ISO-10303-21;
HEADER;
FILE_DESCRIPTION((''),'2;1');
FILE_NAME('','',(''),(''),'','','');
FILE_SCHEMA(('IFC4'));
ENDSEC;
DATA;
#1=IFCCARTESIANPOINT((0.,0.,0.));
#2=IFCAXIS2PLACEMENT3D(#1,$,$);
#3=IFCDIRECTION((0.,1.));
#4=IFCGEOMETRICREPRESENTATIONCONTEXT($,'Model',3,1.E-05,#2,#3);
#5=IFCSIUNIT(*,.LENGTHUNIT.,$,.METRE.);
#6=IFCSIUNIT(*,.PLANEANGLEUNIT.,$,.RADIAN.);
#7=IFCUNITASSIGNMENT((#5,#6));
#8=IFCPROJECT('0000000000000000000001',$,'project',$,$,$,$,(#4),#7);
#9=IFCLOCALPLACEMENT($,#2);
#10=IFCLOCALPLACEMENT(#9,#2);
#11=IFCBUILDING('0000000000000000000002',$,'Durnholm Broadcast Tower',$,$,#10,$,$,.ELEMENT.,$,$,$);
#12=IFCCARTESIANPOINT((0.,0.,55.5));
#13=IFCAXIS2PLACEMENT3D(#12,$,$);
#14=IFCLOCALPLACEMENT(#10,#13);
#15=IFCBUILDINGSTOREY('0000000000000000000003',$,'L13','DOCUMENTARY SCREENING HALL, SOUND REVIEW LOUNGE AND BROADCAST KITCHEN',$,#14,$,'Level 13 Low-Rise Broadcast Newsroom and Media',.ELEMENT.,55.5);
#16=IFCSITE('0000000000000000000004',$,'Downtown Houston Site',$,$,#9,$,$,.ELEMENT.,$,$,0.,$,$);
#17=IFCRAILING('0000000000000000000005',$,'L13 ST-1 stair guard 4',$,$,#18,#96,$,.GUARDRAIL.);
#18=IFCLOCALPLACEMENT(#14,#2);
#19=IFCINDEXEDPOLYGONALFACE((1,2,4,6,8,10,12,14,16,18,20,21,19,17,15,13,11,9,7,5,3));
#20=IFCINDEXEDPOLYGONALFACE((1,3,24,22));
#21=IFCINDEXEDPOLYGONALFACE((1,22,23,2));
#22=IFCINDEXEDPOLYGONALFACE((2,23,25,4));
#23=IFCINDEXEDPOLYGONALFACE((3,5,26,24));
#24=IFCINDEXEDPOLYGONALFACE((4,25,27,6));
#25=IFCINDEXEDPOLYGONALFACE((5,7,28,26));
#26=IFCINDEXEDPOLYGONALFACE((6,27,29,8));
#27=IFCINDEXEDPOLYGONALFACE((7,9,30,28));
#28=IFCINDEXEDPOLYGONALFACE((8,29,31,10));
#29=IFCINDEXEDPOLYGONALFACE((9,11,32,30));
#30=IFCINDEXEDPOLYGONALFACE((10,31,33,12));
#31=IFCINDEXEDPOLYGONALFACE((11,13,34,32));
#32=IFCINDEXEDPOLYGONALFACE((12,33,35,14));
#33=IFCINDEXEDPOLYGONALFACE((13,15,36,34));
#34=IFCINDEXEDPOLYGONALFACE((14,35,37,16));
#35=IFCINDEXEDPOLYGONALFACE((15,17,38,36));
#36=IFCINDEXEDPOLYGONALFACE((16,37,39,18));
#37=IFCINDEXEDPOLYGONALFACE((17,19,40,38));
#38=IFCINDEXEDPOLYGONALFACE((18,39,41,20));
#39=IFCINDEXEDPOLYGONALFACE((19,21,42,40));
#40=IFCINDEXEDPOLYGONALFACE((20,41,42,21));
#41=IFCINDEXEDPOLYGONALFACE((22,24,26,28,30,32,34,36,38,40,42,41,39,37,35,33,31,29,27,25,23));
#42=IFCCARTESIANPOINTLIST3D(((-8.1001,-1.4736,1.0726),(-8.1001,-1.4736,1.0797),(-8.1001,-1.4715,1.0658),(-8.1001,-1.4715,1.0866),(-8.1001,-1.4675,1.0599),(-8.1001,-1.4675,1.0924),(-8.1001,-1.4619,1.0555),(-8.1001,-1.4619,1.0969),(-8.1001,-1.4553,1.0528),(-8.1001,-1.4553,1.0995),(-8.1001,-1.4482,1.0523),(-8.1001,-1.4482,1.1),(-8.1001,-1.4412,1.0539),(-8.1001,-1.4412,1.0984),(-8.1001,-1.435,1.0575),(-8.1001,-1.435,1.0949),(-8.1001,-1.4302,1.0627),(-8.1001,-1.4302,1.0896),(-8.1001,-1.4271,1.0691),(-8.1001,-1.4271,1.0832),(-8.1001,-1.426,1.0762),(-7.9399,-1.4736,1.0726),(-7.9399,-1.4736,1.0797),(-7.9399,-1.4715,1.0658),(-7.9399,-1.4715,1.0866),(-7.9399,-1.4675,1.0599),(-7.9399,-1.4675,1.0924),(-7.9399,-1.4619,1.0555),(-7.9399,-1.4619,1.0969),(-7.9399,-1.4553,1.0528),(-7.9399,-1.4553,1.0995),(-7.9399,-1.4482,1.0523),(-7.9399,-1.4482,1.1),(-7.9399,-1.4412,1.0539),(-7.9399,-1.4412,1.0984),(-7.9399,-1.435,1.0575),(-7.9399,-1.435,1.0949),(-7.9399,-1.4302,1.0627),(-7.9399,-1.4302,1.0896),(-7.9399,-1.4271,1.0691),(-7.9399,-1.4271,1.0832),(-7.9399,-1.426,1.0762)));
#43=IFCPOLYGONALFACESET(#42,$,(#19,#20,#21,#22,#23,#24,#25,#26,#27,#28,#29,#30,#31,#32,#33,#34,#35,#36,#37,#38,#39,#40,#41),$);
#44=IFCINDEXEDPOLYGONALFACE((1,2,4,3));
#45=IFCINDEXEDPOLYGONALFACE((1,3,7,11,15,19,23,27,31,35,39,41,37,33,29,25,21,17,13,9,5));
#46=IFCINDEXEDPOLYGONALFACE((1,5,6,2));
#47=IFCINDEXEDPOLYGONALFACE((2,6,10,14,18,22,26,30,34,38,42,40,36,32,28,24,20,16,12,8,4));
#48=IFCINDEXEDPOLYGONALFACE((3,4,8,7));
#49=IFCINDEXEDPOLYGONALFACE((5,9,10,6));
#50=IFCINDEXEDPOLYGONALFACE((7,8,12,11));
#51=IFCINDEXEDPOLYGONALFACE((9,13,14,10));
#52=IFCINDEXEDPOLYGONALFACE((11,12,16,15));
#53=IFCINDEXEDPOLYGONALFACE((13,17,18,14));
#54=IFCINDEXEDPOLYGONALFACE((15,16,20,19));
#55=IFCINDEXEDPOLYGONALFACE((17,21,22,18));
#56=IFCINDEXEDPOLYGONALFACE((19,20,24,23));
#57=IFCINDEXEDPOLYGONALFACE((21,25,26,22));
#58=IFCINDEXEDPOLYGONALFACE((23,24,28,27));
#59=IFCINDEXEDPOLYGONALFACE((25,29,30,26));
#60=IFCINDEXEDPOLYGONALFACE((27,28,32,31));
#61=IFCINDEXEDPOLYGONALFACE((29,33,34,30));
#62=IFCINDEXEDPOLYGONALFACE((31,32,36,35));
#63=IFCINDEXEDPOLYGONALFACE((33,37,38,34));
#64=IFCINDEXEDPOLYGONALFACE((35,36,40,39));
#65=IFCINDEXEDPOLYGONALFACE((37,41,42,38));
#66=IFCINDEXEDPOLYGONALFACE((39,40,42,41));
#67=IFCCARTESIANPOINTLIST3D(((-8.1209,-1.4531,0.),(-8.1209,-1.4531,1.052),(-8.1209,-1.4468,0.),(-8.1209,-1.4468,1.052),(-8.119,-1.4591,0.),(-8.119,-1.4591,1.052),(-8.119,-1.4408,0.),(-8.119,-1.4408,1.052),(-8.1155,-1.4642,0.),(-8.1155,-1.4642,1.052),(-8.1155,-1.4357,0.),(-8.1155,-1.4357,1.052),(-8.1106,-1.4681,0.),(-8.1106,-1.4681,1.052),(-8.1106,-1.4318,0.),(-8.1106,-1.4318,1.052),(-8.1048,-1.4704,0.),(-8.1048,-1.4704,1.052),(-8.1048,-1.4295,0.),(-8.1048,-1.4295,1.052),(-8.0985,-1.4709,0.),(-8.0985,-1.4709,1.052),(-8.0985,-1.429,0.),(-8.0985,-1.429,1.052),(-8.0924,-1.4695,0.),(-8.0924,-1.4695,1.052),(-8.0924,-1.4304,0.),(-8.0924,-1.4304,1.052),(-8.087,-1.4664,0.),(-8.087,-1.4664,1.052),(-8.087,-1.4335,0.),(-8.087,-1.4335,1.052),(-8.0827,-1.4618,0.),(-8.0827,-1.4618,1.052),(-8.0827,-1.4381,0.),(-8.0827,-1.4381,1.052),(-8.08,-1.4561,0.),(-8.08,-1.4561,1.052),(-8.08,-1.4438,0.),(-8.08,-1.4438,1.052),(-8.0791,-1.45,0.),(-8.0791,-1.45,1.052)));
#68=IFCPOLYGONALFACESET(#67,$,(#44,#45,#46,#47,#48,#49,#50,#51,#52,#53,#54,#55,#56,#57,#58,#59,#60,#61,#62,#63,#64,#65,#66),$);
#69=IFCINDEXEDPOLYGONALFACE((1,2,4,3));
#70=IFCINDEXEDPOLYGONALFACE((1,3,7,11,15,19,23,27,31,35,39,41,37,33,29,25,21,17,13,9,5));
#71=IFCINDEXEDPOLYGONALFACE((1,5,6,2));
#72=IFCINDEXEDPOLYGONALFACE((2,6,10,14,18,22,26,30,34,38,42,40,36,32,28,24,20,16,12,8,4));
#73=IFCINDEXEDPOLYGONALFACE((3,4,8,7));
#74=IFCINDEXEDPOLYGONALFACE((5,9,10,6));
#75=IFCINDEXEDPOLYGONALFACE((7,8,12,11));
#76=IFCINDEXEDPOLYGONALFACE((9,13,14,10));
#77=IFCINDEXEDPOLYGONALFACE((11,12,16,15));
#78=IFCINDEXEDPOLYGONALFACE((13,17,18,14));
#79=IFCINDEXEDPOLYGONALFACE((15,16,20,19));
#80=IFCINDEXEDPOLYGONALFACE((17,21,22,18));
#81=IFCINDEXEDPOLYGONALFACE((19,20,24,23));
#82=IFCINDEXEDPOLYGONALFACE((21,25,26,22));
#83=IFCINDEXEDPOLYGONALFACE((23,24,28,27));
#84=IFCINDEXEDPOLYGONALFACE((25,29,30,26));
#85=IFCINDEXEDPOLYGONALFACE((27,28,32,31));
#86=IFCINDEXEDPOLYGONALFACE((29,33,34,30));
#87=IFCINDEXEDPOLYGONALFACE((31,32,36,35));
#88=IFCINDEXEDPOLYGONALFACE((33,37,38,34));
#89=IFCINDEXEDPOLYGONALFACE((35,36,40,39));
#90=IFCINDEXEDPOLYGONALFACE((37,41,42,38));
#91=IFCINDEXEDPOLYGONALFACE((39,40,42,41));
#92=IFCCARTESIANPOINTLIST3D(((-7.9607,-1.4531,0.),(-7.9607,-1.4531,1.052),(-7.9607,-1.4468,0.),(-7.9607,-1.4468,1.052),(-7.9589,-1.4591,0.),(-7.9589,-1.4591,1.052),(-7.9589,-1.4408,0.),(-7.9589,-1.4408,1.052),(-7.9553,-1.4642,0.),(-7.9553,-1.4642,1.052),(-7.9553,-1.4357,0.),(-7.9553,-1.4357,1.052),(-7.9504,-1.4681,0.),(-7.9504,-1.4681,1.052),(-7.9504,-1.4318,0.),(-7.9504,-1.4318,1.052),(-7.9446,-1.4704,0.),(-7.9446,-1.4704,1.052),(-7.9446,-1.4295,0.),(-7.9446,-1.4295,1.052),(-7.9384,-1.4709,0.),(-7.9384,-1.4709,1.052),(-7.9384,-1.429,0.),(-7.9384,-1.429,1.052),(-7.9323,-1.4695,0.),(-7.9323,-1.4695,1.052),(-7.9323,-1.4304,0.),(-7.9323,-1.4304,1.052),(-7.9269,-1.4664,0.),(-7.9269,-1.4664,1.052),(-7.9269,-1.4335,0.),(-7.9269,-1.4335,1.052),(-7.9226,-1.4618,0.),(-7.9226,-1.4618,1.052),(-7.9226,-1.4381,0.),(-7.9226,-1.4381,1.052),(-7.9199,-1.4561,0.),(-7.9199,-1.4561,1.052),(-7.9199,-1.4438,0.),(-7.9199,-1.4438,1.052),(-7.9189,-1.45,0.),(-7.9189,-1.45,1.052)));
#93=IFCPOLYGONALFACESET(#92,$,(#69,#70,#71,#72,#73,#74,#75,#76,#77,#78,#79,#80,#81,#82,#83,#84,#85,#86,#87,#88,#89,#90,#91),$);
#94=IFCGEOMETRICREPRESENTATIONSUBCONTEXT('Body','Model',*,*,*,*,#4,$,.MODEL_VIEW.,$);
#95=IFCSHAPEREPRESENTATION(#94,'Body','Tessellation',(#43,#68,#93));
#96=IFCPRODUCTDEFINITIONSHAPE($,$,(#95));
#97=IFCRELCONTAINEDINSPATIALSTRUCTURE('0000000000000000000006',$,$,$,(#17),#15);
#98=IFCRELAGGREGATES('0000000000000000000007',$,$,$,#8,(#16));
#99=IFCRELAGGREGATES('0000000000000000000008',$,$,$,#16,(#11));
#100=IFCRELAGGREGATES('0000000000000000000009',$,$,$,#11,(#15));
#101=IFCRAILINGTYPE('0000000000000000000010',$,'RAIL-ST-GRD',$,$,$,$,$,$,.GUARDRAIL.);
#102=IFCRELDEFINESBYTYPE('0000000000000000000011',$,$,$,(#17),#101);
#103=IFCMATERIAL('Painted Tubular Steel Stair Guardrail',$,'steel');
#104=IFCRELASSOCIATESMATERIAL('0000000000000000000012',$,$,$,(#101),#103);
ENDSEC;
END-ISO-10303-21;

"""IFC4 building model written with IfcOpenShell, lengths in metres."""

from ifc_helpers import new_model, si_unit, direction, frame, origin, origin_2d, place, context, subcontext, project, spatial, circle, extrude, material, type_object, element, save


model = new_model("IFC4")

# Units and contexts
model_context = context("Model", 3, precision=1e-05, world=origin(), true_north=direction((0.0, 1.0)))
body_context = subcontext(model_context, "Body", "Model", "MODEL_VIEW")
ifc_project = project(units=[si_unit("LENGTHUNIT", "METRE"), si_unit("PLANEANGLEUNIT", "RADIAN")], contexts=[model_context])

# Site, building, storey
site_placement = place(None, origin())
site = spatial("IfcSite", under=ifc_project, at=site_placement, Name="Downtown Houston Site", CompositionType="ELEMENT", RefElevation=0.0)
building_placement = place(site_placement, origin())
building = spatial("IfcBuilding", under=site, at=building_placement, Name="Durnholm Broadcast Tower", CompositionType="ELEMENT")
storey_placement = place(building_placement, frame((0.0, 0.0, 55.5)))
storey = spatial("IfcBuildingStorey", under=building, at=storey_placement, Name="L13", Description="DOCUMENTARY SCREENING HALL, SOUND REVIEW LOUNGE AND BROADCAST KITCHEN", LongName="Level 13 Low-Rise Broadcast Newsroom and Media", CompositionType="ELEMENT", Elevation=55.5)

# Railing
ifc_material_1 = material(Name="Painted Tubular Steel Stair Guardrail", Category="steel")
railing_type_1 = type_object("IfcRailingType", Name="RAIL-ST-GRD", PredefinedType="GUARDRAIL", material=ifc_material_1)
railing_1_placement = place(storey_placement, frame((-8.1001, -1.45, 0.0)))
element("IfcRailing", 1, at=railing_1_placement, inside=storey, type_object=railing_type_1, Name="L13 ST-1 stair guard 4", PredefinedType="GUARDRAIL", context=body_context, shape_type="SweptSolid", body=[
    extrude(circle(Radius=0.0239, at=origin_2d()), frame((0.0, 0.0, 1.0762), z_axis=(1.0, 0.0, 0.0), x_axis=(0.0, 1.0, 0.0)), (0.0, 0.0, 1.0), 0.1602),
    extrude(circle(Radius=0.021, at=origin_2d()), origin(), (0.0, 0.0, 1.0), 1.052),
    extrude(circle(Radius=0.021, at=origin_2d()), frame((0.1602, 0.0, 0.0)), (0.0, 0.0, 1.0), 1.052),
])

save(model, "model.ifc")
